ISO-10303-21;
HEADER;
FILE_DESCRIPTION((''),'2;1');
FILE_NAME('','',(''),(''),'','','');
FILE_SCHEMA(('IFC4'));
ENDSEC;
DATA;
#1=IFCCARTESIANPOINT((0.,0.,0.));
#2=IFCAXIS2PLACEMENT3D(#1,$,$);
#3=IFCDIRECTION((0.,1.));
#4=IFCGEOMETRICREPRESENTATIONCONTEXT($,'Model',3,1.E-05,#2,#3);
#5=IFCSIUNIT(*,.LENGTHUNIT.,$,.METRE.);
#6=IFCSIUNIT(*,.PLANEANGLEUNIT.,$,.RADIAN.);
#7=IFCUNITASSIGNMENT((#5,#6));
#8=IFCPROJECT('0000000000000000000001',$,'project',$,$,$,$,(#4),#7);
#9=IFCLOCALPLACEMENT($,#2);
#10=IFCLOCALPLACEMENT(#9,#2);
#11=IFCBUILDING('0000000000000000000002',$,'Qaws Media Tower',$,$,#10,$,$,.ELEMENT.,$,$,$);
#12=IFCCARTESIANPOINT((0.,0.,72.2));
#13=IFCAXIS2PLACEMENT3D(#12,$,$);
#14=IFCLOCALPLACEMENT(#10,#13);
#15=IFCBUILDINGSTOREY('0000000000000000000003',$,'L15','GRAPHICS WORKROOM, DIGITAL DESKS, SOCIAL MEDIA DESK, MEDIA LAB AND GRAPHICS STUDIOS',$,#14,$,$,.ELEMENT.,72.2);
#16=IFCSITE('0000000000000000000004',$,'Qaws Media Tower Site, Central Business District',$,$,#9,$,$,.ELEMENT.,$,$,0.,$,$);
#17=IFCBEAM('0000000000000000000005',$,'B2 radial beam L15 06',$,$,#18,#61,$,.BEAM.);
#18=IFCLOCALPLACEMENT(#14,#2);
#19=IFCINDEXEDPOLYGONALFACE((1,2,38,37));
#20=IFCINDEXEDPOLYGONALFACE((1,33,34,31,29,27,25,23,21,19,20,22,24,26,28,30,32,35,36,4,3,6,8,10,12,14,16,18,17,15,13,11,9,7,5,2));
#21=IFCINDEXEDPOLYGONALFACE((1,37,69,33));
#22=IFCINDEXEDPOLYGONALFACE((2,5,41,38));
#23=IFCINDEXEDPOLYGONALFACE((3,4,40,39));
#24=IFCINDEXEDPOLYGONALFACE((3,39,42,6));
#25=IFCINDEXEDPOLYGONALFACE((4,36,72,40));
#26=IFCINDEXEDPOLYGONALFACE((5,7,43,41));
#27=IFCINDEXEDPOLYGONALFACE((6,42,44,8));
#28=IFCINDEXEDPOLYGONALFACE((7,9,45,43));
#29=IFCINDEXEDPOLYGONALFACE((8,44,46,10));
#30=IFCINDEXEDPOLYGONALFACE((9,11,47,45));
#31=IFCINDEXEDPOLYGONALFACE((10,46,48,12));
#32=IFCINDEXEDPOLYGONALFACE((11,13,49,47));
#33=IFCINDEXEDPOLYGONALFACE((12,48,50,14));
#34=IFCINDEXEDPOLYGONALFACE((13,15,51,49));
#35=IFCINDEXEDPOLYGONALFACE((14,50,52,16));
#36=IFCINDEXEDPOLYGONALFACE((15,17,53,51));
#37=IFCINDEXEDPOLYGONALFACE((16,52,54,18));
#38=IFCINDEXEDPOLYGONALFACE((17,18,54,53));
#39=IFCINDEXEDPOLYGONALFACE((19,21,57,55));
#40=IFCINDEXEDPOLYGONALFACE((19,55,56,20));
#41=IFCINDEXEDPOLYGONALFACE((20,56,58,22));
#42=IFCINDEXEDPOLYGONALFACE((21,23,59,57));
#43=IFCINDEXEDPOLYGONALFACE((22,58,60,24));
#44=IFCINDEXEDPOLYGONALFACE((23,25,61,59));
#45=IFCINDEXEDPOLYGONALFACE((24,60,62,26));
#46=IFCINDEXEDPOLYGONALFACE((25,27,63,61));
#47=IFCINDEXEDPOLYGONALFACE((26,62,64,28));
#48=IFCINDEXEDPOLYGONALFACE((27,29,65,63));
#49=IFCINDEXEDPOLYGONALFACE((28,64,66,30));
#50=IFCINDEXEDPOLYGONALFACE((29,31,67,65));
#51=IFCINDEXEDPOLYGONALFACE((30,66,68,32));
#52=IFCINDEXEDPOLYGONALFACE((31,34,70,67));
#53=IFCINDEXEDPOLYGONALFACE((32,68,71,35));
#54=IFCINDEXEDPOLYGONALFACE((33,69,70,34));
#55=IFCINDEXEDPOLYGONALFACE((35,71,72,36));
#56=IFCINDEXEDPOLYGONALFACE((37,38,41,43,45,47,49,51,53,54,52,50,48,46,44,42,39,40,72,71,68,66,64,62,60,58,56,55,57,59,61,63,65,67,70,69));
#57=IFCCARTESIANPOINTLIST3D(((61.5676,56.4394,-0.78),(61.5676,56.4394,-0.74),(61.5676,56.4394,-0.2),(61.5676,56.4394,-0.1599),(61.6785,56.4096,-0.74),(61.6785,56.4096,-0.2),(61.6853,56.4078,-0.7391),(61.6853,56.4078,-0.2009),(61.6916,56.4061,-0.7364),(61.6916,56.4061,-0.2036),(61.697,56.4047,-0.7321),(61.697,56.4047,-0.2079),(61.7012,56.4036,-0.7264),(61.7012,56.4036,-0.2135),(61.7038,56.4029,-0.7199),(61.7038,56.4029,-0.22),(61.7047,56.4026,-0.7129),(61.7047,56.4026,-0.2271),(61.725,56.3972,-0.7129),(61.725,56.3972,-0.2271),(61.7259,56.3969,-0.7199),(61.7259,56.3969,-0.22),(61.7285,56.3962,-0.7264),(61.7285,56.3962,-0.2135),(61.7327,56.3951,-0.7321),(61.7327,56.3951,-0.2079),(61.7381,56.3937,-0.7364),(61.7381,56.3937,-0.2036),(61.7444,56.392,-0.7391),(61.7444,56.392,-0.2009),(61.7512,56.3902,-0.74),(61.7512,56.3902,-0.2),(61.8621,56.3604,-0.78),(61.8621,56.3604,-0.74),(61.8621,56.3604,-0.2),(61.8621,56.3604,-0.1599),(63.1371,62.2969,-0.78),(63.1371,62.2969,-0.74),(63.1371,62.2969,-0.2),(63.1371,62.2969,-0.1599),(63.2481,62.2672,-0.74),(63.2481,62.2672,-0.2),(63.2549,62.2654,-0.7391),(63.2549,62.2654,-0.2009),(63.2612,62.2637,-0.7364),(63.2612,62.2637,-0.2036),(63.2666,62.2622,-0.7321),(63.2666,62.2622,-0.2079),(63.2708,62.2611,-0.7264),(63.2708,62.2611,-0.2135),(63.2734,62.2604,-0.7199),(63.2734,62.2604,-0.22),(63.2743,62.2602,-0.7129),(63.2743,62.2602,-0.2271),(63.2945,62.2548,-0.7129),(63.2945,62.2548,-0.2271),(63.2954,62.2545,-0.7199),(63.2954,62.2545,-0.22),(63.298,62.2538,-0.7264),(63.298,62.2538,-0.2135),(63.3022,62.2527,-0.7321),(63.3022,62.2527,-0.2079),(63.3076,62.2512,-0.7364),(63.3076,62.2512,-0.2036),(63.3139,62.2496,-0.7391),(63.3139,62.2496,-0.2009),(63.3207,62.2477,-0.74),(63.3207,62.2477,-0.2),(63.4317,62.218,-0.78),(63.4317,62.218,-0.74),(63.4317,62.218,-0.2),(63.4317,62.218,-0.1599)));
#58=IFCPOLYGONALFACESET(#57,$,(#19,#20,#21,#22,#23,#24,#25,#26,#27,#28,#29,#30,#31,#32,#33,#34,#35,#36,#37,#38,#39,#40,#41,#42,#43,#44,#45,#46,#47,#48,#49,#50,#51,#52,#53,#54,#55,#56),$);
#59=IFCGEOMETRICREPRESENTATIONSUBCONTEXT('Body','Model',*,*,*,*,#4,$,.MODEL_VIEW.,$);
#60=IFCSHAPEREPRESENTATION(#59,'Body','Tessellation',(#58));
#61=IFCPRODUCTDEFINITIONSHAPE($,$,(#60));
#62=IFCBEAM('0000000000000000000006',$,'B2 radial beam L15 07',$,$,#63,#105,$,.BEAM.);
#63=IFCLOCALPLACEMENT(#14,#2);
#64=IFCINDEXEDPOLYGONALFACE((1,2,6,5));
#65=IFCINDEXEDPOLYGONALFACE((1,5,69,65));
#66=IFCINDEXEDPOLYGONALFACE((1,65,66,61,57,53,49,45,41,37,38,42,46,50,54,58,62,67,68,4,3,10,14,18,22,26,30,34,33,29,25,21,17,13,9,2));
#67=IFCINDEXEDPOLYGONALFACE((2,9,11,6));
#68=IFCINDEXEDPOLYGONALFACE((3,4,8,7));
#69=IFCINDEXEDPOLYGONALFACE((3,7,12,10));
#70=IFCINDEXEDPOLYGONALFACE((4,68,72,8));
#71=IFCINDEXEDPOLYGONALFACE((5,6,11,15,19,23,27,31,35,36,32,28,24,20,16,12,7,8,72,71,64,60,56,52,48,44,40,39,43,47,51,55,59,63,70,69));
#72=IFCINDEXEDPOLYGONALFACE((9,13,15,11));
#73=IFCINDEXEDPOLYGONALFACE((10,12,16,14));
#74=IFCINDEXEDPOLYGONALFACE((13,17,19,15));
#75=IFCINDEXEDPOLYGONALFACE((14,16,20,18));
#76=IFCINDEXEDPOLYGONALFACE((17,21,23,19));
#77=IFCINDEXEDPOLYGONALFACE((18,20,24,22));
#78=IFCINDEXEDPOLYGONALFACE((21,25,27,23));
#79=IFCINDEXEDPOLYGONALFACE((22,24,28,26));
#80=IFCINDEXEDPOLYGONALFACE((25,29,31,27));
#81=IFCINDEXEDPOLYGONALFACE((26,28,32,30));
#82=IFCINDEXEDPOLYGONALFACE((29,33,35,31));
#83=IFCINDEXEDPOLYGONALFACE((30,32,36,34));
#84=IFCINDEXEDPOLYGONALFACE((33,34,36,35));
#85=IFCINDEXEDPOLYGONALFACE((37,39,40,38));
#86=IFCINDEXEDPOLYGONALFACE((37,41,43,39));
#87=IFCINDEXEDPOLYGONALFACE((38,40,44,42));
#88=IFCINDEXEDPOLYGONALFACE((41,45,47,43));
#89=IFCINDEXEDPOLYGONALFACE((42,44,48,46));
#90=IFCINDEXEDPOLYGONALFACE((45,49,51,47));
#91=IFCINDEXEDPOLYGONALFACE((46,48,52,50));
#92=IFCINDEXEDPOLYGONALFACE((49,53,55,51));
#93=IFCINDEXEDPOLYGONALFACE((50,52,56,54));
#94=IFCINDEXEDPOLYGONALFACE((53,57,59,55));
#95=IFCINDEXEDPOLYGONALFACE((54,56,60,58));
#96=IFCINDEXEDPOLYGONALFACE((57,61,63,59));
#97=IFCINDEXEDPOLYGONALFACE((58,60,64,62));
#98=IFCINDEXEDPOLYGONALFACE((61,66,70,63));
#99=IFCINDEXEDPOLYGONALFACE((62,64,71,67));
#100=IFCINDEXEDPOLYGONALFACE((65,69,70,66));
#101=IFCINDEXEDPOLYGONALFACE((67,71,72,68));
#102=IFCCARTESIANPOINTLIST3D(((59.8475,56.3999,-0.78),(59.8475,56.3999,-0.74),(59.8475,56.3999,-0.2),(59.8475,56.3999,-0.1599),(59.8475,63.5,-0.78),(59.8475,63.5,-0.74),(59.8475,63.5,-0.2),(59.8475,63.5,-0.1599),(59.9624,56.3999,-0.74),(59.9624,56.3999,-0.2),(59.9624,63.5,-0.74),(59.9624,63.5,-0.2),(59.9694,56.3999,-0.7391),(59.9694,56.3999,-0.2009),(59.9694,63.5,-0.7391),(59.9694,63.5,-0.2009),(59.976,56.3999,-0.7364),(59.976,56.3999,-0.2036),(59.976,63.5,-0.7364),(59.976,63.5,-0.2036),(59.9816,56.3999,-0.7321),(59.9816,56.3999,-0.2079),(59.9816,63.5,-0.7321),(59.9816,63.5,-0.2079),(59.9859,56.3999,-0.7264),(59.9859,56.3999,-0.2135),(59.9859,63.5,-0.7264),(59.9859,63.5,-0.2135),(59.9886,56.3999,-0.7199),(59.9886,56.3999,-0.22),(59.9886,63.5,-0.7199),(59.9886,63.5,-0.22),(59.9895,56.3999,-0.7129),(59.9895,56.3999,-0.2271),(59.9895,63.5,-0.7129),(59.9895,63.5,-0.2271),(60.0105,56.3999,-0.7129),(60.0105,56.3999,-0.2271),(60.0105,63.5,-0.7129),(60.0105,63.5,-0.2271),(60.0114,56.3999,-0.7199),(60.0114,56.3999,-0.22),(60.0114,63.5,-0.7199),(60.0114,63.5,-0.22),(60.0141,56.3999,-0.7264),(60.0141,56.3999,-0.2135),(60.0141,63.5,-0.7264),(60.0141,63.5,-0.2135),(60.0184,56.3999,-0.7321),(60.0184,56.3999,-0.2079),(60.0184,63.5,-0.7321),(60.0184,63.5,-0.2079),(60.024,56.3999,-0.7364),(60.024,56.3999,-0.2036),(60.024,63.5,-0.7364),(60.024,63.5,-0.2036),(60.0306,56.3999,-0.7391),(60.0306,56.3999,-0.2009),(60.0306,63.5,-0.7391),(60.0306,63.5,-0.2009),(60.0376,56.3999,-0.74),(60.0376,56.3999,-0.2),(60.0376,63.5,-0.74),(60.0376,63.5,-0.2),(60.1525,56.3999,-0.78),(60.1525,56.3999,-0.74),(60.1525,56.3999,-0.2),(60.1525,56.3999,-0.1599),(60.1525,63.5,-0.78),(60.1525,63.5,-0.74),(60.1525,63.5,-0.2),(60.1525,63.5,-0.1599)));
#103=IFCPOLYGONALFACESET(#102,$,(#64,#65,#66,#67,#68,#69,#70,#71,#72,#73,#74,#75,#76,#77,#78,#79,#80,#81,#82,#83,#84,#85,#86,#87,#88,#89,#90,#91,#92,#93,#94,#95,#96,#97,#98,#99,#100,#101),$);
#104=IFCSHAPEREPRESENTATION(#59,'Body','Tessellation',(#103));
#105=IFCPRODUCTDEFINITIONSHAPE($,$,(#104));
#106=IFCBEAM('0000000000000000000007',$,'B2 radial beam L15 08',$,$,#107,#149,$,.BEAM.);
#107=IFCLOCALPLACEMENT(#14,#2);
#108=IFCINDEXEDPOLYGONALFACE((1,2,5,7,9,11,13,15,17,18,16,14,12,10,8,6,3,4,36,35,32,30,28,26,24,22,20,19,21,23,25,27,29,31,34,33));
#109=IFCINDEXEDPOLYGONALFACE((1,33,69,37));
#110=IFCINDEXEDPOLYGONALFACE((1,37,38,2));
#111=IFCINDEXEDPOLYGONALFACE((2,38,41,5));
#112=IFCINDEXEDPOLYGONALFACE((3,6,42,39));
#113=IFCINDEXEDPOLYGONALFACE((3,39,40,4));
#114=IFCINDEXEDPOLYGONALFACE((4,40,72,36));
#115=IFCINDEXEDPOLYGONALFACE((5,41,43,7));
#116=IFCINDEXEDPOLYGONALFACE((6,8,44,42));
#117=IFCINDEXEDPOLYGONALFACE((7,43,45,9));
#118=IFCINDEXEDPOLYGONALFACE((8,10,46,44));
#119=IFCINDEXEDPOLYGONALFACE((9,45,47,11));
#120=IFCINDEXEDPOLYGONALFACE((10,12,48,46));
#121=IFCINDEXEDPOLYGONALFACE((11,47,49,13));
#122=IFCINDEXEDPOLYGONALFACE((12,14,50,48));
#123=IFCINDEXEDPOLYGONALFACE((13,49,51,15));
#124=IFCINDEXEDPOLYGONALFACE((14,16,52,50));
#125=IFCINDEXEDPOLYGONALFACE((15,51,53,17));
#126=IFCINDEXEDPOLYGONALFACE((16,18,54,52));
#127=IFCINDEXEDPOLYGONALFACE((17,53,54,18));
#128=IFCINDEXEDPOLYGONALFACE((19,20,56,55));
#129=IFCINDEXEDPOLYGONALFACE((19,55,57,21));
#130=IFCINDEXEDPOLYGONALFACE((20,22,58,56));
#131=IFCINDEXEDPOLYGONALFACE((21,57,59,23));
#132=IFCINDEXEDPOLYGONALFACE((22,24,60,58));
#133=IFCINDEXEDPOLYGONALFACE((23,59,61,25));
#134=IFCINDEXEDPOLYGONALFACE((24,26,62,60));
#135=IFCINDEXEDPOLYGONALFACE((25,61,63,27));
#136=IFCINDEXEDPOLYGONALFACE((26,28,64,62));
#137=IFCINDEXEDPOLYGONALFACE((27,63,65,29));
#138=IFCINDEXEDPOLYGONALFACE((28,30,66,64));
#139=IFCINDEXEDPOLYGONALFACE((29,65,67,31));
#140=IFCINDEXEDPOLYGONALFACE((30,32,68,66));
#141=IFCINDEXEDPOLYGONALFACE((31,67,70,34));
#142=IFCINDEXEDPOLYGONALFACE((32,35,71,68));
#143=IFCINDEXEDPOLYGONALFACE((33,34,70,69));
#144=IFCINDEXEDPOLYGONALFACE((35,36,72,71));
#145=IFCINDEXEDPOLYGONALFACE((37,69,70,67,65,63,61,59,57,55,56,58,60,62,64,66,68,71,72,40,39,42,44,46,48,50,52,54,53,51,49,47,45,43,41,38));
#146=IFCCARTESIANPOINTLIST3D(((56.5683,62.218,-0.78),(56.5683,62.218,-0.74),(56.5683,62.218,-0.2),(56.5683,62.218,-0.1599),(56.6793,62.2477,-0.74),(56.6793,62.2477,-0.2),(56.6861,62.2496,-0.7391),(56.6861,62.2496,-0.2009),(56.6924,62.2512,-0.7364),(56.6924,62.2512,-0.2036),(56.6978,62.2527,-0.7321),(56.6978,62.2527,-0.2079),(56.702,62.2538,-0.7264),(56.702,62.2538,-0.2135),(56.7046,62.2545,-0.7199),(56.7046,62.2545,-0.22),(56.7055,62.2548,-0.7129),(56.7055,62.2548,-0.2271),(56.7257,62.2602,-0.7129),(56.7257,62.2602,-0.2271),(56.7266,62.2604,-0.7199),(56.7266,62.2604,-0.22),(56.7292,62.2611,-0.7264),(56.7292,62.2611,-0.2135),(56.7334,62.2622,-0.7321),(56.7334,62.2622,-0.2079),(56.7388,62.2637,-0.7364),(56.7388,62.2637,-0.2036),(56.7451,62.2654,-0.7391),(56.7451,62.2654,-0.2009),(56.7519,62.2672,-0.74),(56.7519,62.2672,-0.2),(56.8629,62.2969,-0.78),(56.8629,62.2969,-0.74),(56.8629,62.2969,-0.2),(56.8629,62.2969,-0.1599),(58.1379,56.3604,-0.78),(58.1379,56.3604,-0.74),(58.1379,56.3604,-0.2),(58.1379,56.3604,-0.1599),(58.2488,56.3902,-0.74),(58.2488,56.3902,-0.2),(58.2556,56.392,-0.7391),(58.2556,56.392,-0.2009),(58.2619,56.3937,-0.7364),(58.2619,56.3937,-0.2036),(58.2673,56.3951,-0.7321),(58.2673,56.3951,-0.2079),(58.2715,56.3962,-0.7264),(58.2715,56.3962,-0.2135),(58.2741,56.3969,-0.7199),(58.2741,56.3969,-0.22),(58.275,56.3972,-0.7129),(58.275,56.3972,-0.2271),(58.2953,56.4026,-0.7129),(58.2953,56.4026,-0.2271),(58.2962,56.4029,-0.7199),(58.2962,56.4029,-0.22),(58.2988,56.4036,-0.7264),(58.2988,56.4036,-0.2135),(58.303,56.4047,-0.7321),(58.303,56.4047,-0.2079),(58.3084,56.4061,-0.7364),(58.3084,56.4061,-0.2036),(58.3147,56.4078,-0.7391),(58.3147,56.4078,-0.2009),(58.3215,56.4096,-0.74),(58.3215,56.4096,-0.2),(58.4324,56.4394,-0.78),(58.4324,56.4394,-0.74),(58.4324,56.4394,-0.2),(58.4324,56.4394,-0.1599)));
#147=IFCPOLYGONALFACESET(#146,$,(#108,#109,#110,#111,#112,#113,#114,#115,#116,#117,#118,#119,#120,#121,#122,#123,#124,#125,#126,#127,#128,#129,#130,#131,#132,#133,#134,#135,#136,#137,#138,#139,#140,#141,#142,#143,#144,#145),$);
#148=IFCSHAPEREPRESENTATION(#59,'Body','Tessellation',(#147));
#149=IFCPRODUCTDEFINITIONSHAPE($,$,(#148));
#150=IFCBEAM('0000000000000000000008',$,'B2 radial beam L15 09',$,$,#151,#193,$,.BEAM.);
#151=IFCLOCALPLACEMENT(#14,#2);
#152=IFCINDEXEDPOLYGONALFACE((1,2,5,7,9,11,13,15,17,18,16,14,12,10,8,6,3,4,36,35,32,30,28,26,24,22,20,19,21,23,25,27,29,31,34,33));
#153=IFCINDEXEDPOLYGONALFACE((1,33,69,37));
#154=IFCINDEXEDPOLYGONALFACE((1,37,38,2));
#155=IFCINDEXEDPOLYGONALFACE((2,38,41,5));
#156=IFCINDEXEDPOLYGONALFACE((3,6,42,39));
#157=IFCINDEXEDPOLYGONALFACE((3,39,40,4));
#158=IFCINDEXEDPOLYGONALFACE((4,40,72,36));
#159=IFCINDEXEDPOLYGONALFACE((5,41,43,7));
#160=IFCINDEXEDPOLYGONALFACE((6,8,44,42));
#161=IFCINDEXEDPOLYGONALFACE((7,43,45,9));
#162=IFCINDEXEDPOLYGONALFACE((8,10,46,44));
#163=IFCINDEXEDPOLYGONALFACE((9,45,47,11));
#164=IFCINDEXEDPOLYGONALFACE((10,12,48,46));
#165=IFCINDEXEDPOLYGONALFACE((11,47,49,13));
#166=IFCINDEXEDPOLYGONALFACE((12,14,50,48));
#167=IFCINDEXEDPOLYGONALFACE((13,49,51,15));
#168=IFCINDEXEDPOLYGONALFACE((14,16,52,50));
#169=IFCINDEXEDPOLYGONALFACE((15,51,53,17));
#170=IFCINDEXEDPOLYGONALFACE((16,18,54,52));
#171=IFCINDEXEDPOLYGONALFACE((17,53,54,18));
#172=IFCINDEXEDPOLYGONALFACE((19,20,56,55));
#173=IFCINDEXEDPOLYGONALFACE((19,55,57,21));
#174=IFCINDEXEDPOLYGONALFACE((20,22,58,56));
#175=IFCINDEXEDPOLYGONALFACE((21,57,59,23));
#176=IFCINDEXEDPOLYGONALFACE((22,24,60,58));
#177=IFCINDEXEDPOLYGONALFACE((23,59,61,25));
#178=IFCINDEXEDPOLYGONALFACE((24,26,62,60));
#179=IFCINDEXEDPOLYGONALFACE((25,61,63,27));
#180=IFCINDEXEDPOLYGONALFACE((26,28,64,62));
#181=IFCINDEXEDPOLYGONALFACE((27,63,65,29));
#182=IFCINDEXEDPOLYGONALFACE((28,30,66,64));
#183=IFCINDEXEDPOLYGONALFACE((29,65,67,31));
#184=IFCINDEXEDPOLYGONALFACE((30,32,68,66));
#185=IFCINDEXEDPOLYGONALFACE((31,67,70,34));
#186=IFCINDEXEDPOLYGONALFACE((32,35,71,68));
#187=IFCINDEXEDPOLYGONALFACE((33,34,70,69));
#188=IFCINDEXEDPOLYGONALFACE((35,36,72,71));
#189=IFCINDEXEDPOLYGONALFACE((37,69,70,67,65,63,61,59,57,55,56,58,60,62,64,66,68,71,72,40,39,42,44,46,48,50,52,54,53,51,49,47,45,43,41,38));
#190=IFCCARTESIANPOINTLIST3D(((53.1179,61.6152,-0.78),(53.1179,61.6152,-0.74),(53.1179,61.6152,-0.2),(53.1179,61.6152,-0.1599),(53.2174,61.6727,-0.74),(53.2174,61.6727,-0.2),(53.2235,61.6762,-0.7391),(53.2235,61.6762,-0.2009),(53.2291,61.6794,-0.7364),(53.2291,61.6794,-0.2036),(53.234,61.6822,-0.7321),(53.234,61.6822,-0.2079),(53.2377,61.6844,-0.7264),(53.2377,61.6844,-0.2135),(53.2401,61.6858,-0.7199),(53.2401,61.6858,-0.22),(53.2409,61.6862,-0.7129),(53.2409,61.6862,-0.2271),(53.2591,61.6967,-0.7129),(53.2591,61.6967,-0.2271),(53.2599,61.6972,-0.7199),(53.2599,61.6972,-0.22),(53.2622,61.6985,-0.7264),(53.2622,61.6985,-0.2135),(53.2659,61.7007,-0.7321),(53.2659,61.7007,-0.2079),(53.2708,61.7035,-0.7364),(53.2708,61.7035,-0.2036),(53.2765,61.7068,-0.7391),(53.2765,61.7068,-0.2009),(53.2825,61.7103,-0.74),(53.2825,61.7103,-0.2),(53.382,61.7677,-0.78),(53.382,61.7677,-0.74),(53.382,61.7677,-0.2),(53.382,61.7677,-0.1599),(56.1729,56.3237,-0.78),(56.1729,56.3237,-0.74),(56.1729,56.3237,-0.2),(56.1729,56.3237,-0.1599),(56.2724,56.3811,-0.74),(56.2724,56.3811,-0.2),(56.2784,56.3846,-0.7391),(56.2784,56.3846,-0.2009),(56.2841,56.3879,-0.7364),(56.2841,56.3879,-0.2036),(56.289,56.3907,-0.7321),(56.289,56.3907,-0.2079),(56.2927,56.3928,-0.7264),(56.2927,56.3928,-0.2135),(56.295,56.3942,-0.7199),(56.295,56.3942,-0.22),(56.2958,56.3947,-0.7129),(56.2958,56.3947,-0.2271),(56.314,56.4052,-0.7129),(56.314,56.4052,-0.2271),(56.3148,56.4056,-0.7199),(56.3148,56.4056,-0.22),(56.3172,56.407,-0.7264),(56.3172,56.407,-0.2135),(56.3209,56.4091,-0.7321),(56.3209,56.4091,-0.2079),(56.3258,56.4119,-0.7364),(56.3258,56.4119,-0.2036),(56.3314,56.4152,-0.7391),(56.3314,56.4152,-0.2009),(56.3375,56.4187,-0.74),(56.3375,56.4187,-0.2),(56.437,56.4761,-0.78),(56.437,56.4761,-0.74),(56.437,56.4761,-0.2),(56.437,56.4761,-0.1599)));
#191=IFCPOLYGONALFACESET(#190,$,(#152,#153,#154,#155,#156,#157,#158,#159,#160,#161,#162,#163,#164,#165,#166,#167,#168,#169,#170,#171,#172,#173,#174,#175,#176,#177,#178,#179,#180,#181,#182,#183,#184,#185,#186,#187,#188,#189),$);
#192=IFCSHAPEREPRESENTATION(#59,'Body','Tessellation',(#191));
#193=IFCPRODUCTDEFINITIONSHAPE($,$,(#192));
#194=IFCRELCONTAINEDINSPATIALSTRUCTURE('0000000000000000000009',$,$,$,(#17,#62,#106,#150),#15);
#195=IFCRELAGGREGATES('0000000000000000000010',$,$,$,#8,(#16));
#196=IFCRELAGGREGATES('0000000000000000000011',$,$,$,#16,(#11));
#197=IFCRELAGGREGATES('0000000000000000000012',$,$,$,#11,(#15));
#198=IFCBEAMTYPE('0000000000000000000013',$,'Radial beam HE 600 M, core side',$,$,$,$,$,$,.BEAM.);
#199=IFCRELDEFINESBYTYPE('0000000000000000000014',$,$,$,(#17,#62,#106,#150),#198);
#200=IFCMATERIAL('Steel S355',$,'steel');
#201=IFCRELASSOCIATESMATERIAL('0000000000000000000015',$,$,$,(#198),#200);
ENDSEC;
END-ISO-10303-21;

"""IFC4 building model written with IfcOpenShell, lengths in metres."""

from ifc_helpers import new_model, si_unit, direction, frame, origin, origin_2d, place, context, subcontext, project, spatial, i_section, extrude, material, material_profile, profile_set, type_object, element, save


model = new_model("IFC4")

# Units and contexts
model_context = context("Model", 3, precision=1e-05, world=origin(), true_north=direction((0.0, 1.0)))
body_context = subcontext(model_context, "Body", "Model", "MODEL_VIEW")
ifc_project = project(units=[si_unit("LENGTHUNIT", "METRE"), si_unit("PLANEANGLEUNIT", "RADIAN")], contexts=[model_context])

# Site, building, storey
site_placement = place(None, origin())
site = spatial("IfcSite", under=ifc_project, at=site_placement, Name="Qaws Media Tower Site, Central Business District", CompositionType="ELEMENT", RefElevation=0.0)
building_placement = place(site_placement, origin())
building = spatial("IfcBuilding", under=site, at=building_placement, Name="Qaws Media Tower", CompositionType="ELEMENT")
storey_placement = place(building_placement, frame((0.0, 0.0, 72.2)))
storey = spatial("IfcBuildingStorey", under=building, at=storey_placement, Name="L15", Description="GRAPHICS WORKROOM, DIGITAL DESKS, SOCIAL MEDIA DESK, MEDIA LAB AND GRAPHICS STUDIOS", CompositionType="ELEMENT", Elevation=72.2)

# Beams
ifc_material_1 = material(Name="Steel S355", Category="steel")
ifc_material_profile_1 = material_profile(ifc_material_1, i_section(OverallWidth=0.3049, OverallDepth=0.6201, WebThickness=0.021, FlangeThickness=0.04, FilletRadius=0.0271, at=origin_2d()), Name="HE 600 M")
ifc_profile_set_1 = profile_set([ifc_material_profile_1], Name="Steel S355")
beam_type_1 = type_object("IfcBeamType", Name="Radial beam HE 600 M, core side", PredefinedType="BEAM", material=ifc_profile_set_1)
beam_1_placement = place(storey_placement, frame((61.7148, 56.3999, -0.47), z_axis=(0.258823, 0.965925, 0.0), x_axis=(-0.965925, 0.258823, 0.0)))
element("IfcBeam", 1, at=beam_1_placement, inside=storey, type_object=beam_type_1, Name="B2 radial beam L15 06", PredefinedType="BEAM", context=body_context, shape_type="SweptSolid", body=[
    extrude(i_section(OverallWidth=0.3049, OverallDepth=0.6201, WebThickness=0.021, FlangeThickness=0.04, FilletRadius=0.0271, at=origin_2d()), origin(), (0.0, 0.0, 1.0), 6.0642),
])
beam_2_placement = place(storey_placement, frame((60.0, 56.3999, -0.47), z_axis=(0.0, 1.0, 0.0), x_axis=(-1.0, 0.0, 0.0)))
element("IfcBeam", 2, at=beam_2_placement, inside=storey, type_object=beam_type_1, Name="B2 radial beam L15 07", PredefinedType="BEAM", context=body_context, shape_type="SweptSolid", body=[
    extrude(i_section(OverallWidth=0.3049, OverallDepth=0.6201, WebThickness=0.021, FlangeThickness=0.04, FilletRadius=0.0271, at=origin_2d()), origin(), (0.0, 0.0, 1.0), 7.1001),
])
beam_3_placement = place(storey_placement, frame((58.2852, 56.3999, -0.47), z_axis=(-0.258823, 0.965925, 0.0), x_axis=(-0.965925, -0.258823, 0.0)))
element("IfcBeam", 3, at=beam_3_placement, inside=storey, type_object=beam_type_1, Name="B2 radial beam L15 08", PredefinedType="BEAM", context=body_context, shape_type="SweptSolid", body=[
    extrude(i_section(OverallWidth=0.3049, OverallDepth=0.6201, WebThickness=0.021, FlangeThickness=0.04, FilletRadius=0.0271, at=origin_2d()), origin(), (0.0, 0.0, 1.0), 6.0642),
])
beam_4_placement = place(storey_placement, frame((56.3049, 56.3999, -0.47), z_axis=(-0.499985, 0.866034, 0.0), x_axis=(-0.866034, -0.499985, 0.0)))
element("IfcBeam", 4, at=beam_4_placement, inside=storey, type_object=beam_type_1, Name="B2 radial beam L15 09", PredefinedType="BEAM", context=body_context, shape_type="SweptSolid", body=[
    extrude(i_section(OverallWidth=0.3049, OverallDepth=0.6201, WebThickness=0.021, FlangeThickness=0.04, FilletRadius=0.0271, at=origin_2d()), origin(), (0.0, 0.0, 1.0), 6.1101),
])

save(model, "model.ifc")
